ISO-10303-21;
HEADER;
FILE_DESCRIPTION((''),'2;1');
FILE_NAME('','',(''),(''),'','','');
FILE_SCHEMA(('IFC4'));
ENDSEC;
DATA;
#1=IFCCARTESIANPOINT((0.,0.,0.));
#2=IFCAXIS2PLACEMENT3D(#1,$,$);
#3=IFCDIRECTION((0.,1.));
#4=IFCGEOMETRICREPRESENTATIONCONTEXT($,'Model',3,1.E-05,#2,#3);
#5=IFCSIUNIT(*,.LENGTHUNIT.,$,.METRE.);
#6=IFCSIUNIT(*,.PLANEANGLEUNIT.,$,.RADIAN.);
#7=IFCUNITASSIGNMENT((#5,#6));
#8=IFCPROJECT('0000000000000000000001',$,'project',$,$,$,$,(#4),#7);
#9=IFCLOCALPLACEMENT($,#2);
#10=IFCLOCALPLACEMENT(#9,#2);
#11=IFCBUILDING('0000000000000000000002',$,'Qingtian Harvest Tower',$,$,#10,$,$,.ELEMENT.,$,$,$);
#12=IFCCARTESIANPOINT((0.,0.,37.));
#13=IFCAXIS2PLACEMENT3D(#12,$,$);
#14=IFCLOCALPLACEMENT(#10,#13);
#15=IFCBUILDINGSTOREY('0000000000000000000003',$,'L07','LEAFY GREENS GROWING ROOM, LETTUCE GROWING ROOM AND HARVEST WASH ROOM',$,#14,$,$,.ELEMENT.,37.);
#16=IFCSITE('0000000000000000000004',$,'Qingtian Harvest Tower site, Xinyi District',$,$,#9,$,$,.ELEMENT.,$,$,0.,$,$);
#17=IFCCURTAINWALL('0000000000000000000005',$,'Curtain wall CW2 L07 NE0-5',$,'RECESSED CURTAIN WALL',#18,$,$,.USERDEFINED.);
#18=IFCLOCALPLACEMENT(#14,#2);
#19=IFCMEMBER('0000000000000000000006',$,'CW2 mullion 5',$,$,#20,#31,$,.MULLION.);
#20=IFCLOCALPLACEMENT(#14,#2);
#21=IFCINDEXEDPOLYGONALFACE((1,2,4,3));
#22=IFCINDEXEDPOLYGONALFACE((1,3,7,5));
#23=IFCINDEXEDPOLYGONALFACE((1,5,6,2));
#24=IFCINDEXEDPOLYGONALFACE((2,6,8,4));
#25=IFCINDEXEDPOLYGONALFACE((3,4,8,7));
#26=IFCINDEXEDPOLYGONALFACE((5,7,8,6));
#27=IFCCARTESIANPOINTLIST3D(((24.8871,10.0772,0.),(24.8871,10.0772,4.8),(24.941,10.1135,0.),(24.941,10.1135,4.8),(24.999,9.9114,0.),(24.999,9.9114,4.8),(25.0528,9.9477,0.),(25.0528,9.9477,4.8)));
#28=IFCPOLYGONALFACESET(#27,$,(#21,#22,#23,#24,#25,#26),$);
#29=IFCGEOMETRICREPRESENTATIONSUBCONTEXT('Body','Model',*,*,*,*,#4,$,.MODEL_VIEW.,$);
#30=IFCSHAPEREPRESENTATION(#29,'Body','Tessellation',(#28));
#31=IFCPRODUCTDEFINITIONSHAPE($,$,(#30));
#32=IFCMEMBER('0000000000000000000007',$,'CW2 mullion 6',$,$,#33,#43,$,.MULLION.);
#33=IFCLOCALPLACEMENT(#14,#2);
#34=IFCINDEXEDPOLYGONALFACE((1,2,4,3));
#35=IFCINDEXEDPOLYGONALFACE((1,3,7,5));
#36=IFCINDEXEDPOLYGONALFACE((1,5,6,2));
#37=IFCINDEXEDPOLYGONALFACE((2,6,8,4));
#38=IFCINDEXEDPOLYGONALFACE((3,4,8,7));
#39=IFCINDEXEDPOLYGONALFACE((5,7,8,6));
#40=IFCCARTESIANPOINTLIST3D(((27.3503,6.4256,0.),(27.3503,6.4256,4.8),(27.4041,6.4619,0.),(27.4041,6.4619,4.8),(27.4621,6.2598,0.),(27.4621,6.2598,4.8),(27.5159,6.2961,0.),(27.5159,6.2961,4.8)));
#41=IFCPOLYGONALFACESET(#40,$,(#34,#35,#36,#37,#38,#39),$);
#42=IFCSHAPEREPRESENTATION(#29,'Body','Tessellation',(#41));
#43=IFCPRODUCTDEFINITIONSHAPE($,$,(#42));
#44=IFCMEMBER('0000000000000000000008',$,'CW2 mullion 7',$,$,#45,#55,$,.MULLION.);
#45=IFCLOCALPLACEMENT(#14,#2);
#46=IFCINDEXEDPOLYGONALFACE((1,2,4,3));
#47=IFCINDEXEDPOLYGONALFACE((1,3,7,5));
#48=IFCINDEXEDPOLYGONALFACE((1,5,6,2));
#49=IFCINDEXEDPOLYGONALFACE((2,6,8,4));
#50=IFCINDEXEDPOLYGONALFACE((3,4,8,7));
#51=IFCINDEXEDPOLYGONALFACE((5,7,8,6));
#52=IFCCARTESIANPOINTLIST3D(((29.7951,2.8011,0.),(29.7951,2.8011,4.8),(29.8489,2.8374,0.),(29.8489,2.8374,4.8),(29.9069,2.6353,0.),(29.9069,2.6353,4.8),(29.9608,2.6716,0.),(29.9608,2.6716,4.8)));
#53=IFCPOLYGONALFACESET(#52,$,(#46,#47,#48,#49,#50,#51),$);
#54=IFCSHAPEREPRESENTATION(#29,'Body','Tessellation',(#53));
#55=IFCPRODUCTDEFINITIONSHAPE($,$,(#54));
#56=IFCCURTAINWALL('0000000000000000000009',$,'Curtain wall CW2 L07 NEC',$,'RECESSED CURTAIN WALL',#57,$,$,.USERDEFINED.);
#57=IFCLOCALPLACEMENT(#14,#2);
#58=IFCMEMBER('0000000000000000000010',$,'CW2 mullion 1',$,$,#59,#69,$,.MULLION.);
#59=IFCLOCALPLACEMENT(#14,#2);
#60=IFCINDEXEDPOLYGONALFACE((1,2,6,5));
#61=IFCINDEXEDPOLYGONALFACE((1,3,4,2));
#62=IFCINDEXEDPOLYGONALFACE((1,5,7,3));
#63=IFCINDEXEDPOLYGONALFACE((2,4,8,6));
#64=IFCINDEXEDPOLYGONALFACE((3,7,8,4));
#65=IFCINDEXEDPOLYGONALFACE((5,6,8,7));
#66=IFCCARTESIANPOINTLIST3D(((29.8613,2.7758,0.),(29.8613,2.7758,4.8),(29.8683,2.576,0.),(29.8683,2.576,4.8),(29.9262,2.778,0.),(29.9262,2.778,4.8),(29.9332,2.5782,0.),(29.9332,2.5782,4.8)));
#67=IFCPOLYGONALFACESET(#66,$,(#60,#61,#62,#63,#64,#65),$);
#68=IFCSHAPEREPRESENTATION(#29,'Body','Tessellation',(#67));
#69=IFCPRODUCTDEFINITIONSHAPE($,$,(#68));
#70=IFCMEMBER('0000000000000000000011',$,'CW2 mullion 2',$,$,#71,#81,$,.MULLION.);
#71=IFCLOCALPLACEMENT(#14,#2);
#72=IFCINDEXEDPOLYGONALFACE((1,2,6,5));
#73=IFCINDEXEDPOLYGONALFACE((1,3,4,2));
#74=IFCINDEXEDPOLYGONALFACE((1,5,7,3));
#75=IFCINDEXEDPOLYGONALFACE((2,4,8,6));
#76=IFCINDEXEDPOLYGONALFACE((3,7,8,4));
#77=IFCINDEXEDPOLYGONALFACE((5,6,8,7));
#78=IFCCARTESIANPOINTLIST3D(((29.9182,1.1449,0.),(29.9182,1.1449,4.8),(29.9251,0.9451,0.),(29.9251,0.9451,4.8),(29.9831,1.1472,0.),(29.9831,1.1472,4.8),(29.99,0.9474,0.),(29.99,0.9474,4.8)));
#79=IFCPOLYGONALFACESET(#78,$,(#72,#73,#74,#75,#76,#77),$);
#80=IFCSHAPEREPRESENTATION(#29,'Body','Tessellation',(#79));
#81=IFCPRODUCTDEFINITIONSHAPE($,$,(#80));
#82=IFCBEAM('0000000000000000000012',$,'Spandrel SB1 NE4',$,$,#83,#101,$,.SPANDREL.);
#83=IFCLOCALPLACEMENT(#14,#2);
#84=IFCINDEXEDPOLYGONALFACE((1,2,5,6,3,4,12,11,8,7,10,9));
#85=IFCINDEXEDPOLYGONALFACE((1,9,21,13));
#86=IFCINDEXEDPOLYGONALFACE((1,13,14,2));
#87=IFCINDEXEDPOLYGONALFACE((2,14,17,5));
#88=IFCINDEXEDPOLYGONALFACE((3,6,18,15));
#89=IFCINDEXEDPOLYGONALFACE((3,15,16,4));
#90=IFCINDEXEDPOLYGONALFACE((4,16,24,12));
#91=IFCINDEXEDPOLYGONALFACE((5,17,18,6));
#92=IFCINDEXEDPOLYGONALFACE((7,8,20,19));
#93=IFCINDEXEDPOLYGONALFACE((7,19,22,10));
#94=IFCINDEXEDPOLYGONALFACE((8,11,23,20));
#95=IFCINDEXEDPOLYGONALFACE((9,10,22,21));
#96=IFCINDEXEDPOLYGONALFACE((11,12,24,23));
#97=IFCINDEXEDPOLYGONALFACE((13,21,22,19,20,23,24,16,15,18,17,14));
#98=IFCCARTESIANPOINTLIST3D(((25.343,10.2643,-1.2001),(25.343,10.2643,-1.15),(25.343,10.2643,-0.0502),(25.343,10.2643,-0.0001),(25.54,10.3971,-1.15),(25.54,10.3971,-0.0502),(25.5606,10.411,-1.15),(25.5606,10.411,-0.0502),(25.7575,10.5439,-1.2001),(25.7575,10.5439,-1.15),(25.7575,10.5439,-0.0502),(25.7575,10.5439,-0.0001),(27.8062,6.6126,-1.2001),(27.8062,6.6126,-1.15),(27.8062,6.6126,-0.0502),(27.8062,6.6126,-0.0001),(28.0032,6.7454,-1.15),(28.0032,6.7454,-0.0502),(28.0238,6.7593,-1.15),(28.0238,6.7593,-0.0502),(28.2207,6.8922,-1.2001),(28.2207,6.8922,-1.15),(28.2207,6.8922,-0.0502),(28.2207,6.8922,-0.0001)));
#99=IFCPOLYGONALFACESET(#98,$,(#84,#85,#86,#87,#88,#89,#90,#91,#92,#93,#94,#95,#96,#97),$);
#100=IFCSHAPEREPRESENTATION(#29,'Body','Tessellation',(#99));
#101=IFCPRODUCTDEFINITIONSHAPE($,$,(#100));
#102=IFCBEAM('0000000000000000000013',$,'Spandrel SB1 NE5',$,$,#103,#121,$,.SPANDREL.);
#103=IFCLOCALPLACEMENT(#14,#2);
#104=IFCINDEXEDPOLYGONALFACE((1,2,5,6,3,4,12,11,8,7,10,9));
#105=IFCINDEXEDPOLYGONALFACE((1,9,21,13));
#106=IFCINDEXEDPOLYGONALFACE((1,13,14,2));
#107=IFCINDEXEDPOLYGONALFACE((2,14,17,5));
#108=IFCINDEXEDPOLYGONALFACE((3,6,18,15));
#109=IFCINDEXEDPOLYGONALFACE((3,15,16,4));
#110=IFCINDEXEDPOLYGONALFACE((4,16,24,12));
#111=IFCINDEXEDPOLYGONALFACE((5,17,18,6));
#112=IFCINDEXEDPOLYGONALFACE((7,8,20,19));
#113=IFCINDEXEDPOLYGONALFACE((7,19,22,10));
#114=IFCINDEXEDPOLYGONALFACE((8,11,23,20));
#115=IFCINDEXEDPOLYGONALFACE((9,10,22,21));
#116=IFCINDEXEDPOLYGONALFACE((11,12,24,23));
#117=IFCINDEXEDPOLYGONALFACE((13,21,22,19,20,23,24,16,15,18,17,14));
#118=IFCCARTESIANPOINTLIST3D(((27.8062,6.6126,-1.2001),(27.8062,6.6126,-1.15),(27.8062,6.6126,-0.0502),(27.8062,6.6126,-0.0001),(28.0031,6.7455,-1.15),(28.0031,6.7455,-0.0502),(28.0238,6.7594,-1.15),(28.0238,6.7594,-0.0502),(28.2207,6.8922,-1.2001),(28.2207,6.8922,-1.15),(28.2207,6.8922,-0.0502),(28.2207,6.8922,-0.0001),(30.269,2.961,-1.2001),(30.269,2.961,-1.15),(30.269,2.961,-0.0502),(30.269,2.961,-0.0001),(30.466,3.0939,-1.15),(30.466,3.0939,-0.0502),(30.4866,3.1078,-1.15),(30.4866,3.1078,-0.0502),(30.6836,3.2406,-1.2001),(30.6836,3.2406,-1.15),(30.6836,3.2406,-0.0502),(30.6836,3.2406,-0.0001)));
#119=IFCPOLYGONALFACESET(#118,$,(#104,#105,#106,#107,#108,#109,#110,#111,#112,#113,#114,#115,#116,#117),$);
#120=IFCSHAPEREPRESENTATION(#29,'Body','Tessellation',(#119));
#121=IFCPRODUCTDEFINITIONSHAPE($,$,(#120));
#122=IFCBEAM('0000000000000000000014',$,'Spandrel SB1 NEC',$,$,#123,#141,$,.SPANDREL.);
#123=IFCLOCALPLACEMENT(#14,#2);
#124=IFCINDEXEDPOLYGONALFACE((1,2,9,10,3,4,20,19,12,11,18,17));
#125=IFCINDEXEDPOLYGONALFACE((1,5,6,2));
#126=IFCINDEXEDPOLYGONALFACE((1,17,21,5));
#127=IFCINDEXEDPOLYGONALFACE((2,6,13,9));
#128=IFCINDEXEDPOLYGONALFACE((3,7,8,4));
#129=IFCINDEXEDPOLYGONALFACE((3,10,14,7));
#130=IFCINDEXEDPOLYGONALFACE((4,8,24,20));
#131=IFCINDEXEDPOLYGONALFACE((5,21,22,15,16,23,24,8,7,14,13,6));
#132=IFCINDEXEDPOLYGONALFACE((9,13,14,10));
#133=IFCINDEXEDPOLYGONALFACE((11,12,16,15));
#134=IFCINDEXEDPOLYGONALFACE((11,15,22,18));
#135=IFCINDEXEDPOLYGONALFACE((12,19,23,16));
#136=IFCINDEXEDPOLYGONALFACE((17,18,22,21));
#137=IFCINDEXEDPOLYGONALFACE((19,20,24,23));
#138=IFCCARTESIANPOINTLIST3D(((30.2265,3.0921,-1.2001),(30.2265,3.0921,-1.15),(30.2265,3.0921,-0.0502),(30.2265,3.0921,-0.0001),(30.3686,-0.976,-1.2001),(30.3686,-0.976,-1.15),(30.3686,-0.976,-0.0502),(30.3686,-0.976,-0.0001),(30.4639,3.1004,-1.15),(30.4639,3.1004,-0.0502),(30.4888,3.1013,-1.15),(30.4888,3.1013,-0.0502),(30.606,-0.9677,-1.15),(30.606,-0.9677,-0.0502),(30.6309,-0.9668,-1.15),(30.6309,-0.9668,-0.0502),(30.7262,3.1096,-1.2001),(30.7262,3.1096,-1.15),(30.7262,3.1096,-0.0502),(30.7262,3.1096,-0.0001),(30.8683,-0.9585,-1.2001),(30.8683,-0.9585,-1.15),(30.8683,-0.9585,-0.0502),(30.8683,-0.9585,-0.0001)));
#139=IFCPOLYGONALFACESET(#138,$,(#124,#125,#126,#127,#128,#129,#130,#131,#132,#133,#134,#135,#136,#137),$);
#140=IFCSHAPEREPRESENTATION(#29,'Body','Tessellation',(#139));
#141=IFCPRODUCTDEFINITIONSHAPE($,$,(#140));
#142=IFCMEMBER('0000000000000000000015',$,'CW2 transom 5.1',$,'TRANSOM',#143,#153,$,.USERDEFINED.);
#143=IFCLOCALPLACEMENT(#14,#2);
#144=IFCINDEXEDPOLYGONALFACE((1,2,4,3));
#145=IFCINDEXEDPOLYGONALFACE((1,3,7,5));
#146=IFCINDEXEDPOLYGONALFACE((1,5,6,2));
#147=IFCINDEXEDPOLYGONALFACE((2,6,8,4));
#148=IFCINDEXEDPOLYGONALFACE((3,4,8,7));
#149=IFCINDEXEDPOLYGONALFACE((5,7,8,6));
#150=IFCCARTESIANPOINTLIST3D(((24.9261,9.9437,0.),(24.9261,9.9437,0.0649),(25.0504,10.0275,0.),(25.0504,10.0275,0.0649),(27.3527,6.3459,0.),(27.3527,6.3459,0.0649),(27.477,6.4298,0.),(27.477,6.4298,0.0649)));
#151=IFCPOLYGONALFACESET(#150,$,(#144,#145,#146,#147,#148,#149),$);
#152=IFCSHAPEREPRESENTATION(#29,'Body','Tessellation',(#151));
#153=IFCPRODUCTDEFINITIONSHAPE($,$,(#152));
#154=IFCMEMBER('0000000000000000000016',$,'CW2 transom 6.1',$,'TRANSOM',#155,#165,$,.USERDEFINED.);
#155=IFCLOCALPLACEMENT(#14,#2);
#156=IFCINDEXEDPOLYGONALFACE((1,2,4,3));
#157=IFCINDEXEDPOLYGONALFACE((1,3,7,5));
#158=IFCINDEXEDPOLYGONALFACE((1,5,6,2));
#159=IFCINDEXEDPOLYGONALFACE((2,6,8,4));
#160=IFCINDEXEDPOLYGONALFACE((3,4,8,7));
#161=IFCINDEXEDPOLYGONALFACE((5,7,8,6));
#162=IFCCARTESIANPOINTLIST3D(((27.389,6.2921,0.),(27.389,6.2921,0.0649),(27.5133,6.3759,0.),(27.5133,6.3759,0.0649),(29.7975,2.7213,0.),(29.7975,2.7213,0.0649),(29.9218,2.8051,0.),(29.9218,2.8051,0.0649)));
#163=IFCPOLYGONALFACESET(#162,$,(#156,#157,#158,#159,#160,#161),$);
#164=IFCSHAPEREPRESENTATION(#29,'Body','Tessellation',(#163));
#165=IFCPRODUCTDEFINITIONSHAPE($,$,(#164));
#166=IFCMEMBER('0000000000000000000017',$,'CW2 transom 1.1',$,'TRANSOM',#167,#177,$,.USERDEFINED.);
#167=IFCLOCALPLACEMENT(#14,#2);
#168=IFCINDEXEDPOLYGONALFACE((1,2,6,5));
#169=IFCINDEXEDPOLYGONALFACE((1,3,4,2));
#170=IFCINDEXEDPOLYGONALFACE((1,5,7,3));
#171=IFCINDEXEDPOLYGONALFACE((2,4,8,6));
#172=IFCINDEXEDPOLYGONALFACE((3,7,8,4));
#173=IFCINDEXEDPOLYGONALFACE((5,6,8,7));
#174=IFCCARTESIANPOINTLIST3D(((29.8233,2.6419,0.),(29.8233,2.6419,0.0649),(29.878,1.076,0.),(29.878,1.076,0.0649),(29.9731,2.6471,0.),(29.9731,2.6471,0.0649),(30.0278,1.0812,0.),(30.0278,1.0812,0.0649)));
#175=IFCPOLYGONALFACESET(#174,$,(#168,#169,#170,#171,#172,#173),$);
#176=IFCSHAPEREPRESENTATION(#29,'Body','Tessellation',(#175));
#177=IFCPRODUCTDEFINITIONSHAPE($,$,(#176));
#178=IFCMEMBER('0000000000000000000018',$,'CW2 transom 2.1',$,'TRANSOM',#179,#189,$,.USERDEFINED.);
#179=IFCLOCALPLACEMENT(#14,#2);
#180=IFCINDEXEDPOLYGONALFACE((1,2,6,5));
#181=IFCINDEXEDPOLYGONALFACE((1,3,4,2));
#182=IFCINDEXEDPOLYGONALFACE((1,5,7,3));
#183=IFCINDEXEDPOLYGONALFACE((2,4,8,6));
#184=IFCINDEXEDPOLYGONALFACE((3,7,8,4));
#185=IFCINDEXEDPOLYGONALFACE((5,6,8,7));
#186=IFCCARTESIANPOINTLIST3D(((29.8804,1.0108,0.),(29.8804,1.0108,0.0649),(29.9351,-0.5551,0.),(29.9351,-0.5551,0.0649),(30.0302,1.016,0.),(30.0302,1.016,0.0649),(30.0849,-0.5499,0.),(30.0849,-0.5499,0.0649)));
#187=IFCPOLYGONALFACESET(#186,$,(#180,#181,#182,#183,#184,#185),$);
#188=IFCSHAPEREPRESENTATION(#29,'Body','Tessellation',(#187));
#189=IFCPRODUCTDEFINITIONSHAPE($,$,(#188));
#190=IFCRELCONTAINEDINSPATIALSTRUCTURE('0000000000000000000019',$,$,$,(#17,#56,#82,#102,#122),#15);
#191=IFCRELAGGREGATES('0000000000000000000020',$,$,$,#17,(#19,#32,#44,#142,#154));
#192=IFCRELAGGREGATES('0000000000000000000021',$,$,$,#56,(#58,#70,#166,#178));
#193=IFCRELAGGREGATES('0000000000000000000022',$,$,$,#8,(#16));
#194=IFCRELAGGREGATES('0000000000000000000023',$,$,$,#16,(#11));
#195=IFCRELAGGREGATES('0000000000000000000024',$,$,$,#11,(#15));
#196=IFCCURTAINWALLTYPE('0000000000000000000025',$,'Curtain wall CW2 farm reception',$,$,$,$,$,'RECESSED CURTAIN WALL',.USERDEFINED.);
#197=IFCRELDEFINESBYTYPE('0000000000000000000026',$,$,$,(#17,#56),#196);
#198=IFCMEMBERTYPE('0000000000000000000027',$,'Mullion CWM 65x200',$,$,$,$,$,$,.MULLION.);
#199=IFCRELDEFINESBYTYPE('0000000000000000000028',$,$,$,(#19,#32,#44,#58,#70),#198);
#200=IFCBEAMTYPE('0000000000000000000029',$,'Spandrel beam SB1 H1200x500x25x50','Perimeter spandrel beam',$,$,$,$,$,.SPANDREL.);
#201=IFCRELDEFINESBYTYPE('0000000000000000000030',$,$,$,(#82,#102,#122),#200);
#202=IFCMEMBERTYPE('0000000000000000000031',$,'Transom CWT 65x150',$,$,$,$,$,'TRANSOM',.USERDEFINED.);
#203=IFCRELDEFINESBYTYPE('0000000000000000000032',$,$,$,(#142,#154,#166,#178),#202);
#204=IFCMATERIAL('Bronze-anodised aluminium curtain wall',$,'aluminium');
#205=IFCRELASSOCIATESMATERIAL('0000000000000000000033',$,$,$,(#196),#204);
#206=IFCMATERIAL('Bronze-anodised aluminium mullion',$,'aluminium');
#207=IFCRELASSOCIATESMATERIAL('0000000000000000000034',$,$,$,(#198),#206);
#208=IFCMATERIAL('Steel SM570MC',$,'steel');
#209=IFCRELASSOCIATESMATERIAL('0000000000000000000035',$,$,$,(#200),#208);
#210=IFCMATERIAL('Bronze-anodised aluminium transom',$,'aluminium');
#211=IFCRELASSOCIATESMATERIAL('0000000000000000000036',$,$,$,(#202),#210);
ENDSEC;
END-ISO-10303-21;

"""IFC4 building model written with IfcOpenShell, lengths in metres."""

from ifc_helpers import new_model, si_unit, direction, frame, origin, origin_2d, place, context, subcontext, project, spatial, rectangle, i_section, extrude, material, material_profile, profile_set, type_object, element, aggregate, save


model = new_model("IFC4")

# Units and contexts
model_context = context("Model", 3, precision=1e-05, world=origin(), true_north=direction((0.0, 1.0)))
body_context = subcontext(model_context, "Body", "Model", "MODEL_VIEW")
ifc_project = project(units=[si_unit("LENGTHUNIT", "METRE"), si_unit("PLANEANGLEUNIT", "RADIAN")], contexts=[model_context])

# Site, building, storey
site_placement = place(None, origin())
site = spatial("IfcSite", under=ifc_project, at=site_placement, Name="Qingtian Harvest Tower site, Xinyi District", CompositionType="ELEMENT", RefElevation=0.0)
building_placement = place(site_placement, origin())
building = spatial("IfcBuilding", under=site, at=building_placement, Name="Qingtian Harvest Tower", CompositionType="ELEMENT")
storey_placement = place(building_placement, frame((0.0, 0.0, 37.0)))
storey = spatial("IfcBuildingStorey", under=building, at=storey_placement, Name="L07", Description="LEAFY GREENS GROWING ROOM, LETTUCE GROWING ROOM AND HARVEST WASH ROOM", CompositionType="ELEMENT", Elevation=37.0)

# Curtain walls, members
ifc_material_1 = material(Name="Bronze-anodised aluminium curtain wall", Category="aluminium")
curtain_wall_type = type_object("IfcCurtainWallType", Name="Curtain wall CW2 farm reception", ElementType="RECESSED CURTAIN WALL", PredefinedType="USERDEFINED", material=ifc_material_1)
curtain_wall_1_placement = place(storey_placement, origin())
curtain_wall_1 = element("IfcCurtainWall", 1, at=curtain_wall_1_placement, inside=storey, type_object=curtain_wall_type, Name="Curtain wall CW2 L07 NE0-5", ObjectType="RECESSED CURTAIN WALL", PredefinedType="USERDEFINED")
ifc_material_2 = material(Name="Bronze-anodised aluminium mullion", Category="aluminium")
ifc_material_profile_1 = material_profile(ifc_material_2, rectangle(XDim=0.0649, YDim=0.2, at=origin_2d()), Name="AL 65x200")
ifc_profile_set_1 = profile_set([ifc_material_profile_1], Name="Bronze-anodised aluminium mullion")
member_type_1 = type_object("IfcMemberType", Name="Mullion CWM 65x200", PredefinedType="MULLION", material=ifc_profile_set_1)
member_1_placement = place(storey_placement, frame((24.97, 10.0125, 0.0), z_axis=(0.0, 0.0, 1.0), x_axis=(0.829038, 0.559193, 0.0)))
member_1 = element("IfcMember", 2, at=member_1_placement, type_object=member_type_1, Name="CW2 mullion 5", PredefinedType="MULLION", context=body_context, shape_type="SweptSolid", body=[
    extrude(rectangle(XDim=0.0649, YDim=0.2, at=origin_2d()), origin(), (0.0, 0.0, 1.0), 4.8),
])
member_2_placement = place(storey_placement, frame((27.4331, 6.3608, 0.0), z_axis=(0.0, 0.0, 1.0), x_axis=(0.829038, 0.559193, 0.0)))
member_2 = element("IfcMember", 3, at=member_2_placement, type_object=member_type_1, Name="CW2 mullion 6", PredefinedType="MULLION", context=body_context, shape_type="SweptSolid", body=[
    extrude(rectangle(XDim=0.0649, YDim=0.2, at=origin_2d()), origin(), (0.0, 0.0, 1.0), 4.8),
])
member_3_placement = place(storey_placement, frame((29.8779, 2.7363, 0.0), z_axis=(0.0, 0.0, 1.0), x_axis=(0.829038, 0.559193, 0.0)))
member_3 = element("IfcMember", 4, at=member_3_placement, type_object=member_type_1, Name="CW2 mullion 7", PredefinedType="MULLION", context=body_context, shape_type="SweptSolid", body=[
    extrude(rectangle(XDim=0.0649, YDim=0.2, at=origin_2d()), origin(), (0.0, 0.0, 1.0), 4.8),
])
curtain_wall_2_placement = place(storey_placement, origin())
curtain_wall_2 = element("IfcCurtainWall", 5, at=curtain_wall_2_placement, inside=storey, type_object=curtain_wall_type, Name="Curtain wall CW2 L07 NEC", ObjectType="RECESSED CURTAIN WALL", PredefinedType="USERDEFINED")
member_4_placement = place(storey_placement, frame((29.8972, 2.677, 0.0), z_axis=(0.0, 0.0, 1.0), x_axis=(0.999391, 0.034899, 0.0)))
member_4 = element("IfcMember", 6, at=member_4_placement, type_object=member_type_1, Name="CW2 mullion 1", PredefinedType="MULLION", context=body_context, shape_type="SweptSolid", body=[
    extrude(rectangle(XDim=0.0649, YDim=0.2, at=origin_2d()), origin(), (0.0, 0.0, 1.0), 4.8),
])
member_5_placement = place(storey_placement, frame((29.9541, 1.0461, 0.0), z_axis=(0.0, 0.0, 1.0), x_axis=(0.999391, 0.034899, 0.0)))
member_5 = element("IfcMember", 7, at=member_5_placement, type_object=member_type_1, Name="CW2 mullion 2", PredefinedType="MULLION", context=body_context, shape_type="SweptSolid", body=[
    extrude(rectangle(XDim=0.0649, YDim=0.2, at=origin_2d()), origin(), (0.0, 0.0, 1.0), 4.8),
])

# Beams
ifc_material_3 = material(Name="Steel SM570MC", Category="steel")
ifc_material_profile_2 = material_profile(ifc_material_3, i_section(OverallWidth=0.5, OverallDepth=1.2, WebThickness=0.0249, FlangeThickness=0.05, at=origin_2d()), Name="H1200x500x25x50")
ifc_profile_set_2 = profile_set([ifc_material_profile_2], Name="Steel SM570MC")
beam_type_1 = type_object("IfcBeamType", Name="Spandrel beam SB1 H1200x500x25x50", Description="Perimeter spandrel beam", PredefinedType="SPANDREL", material=ifc_profile_set_2)
beam_1_placement = place(storey_placement, frame((25.5503, 10.4041, -0.6001), z_axis=(0.559207, -0.829028, 0.0), x_axis=(0.829028, 0.559207, 0.0)))
element("IfcBeam", 8, at=beam_1_placement, inside=storey, type_object=beam_type_1, Name="Spandrel SB1 NE4", PredefinedType="SPANDREL", context=body_context, shape_type="SweptSolid", body=[
    extrude(i_section(OverallWidth=0.5, OverallDepth=1.2, WebThickness=0.0249, FlangeThickness=0.05, at=origin_2d()), origin(), (0.0, 0.0, 1.0), 4.4048),
])
beam_2_placement = place(storey_placement, frame((28.0134, 6.7524, -0.6001), z_axis=(0.559169, -0.829054, 0.0), x_axis=(0.829054, 0.559169, 0.0)))
element("IfcBeam", 9, at=beam_2_placement, inside=storey, type_object=beam_type_1, Name="Spandrel SB1 NE5", PredefinedType="SPANDREL", context=body_context, shape_type="SweptSolid", body=[
    extrude(i_section(OverallWidth=0.5, OverallDepth=1.2, WebThickness=0.0249, FlangeThickness=0.05, at=origin_2d()), origin(), (0.0, 0.0, 1.0), 4.4045),
])
beam_3_placement = place(storey_placement, frame((30.4763, 3.1008, -0.6001), z_axis=(0.034906, -0.999391, 0.0), x_axis=(0.999391, 0.034906, 0.0)))
element("IfcBeam", 10, at=beam_3_placement, inside=storey, type_object=beam_type_1, Name="Spandrel SB1 NEC", PredefinedType="SPANDREL", context=body_context, shape_type="SweptSolid", body=[
    extrude(i_section(OverallWidth=0.5, OverallDepth=1.2, WebThickness=0.0249, FlangeThickness=0.05, at=origin_2d()), origin(), (0.0, 0.0, 1.0), 4.0706),
])

# Members
ifc_material_4 = material(Name="Bronze-anodised aluminium transom", Category="aluminium")
ifc_material_profile_3 = material_profile(ifc_material_4, rectangle(XDim=0.1499, YDim=0.0649, at=origin_2d()), Name="AL 65x150")
ifc_profile_set_3 = profile_set([ifc_material_profile_3], Name="Bronze-anodised aluminium transom")
member_type_2 = type_object("IfcMemberType", Name="Transom CWT 65x150", ElementType="TRANSOM", PredefinedType="USERDEFINED", material=ifc_profile_set_3)
member_6_placement = place(storey_placement, frame((24.9883, 9.9856, 0.0325), z_axis=(0.559171, -0.829052, 0.0), x_axis=(0.829052, 0.559171, 0.0)))
member_6 = element("IfcMember", 11, at=member_6_placement, type_object=member_type_2, Name="CW2 transom 5.1", ObjectType="TRANSOM", PredefinedType="USERDEFINED", context=body_context, shape_type="SweptSolid", body=[
    extrude(rectangle(XDim=0.1499, YDim=0.0649, at=origin_2d()), origin(), (0.0, 0.0, 1.0), 4.3396),
])
member_7_placement = place(storey_placement, frame((27.4512, 6.334, 0.0325), z_axis=(0.559179, -0.829047, 0.0), x_axis=(0.829047, 0.559179, 0.0)))
member_7 = element("IfcMember", 12, at=member_7_placement, type_object=member_type_2, Name="CW2 transom 6.1", ObjectType="TRANSOM", PredefinedType="USERDEFINED", context=body_context, shape_type="SweptSolid", body=[
    extrude(rectangle(XDim=0.1499, YDim=0.0649, at=origin_2d()), origin(), (0.0, 0.0, 1.0), 4.3071),
])
member_8_placement = place(storey_placement, frame((29.8982, 2.6445, 0.0325), z_axis=(0.034902, -0.999391, 0.0), x_axis=(0.999391, 0.034902, 0.0)))
member_8 = element("IfcMember", 13, at=member_8_placement, type_object=member_type_2, Name="CW2 transom 1.1", ObjectType="TRANSOM", PredefinedType="USERDEFINED", context=body_context, shape_type="SweptSolid", body=[
    extrude(rectangle(XDim=0.1499, YDim=0.0649, at=origin_2d()), origin(), (0.0, 0.0, 1.0), 1.5669),
])
member_9_placement = place(storey_placement, frame((29.9553, 1.0134, 0.0325), z_axis=(0.034902, -0.999391, 0.0), x_axis=(0.999391, 0.034902, 0.0)))
member_9 = element("IfcMember", 14, at=member_9_placement, type_object=member_type_2, Name="CW2 transom 2.1", ObjectType="TRANSOM", PredefinedType="USERDEFINED", context=body_context, shape_type="SweptSolid", body=[
    extrude(rectangle(XDim=0.1499, YDim=0.0649, at=origin_2d()), origin(), (0.0, 0.0, 1.0), 1.5669),
])

aggregate(curtain_wall_1, [member_1, member_2, member_3, member_6, member_7])
aggregate(curtain_wall_2, [member_4, member_5, member_8, member_9])

save(model, "model.ifc")
